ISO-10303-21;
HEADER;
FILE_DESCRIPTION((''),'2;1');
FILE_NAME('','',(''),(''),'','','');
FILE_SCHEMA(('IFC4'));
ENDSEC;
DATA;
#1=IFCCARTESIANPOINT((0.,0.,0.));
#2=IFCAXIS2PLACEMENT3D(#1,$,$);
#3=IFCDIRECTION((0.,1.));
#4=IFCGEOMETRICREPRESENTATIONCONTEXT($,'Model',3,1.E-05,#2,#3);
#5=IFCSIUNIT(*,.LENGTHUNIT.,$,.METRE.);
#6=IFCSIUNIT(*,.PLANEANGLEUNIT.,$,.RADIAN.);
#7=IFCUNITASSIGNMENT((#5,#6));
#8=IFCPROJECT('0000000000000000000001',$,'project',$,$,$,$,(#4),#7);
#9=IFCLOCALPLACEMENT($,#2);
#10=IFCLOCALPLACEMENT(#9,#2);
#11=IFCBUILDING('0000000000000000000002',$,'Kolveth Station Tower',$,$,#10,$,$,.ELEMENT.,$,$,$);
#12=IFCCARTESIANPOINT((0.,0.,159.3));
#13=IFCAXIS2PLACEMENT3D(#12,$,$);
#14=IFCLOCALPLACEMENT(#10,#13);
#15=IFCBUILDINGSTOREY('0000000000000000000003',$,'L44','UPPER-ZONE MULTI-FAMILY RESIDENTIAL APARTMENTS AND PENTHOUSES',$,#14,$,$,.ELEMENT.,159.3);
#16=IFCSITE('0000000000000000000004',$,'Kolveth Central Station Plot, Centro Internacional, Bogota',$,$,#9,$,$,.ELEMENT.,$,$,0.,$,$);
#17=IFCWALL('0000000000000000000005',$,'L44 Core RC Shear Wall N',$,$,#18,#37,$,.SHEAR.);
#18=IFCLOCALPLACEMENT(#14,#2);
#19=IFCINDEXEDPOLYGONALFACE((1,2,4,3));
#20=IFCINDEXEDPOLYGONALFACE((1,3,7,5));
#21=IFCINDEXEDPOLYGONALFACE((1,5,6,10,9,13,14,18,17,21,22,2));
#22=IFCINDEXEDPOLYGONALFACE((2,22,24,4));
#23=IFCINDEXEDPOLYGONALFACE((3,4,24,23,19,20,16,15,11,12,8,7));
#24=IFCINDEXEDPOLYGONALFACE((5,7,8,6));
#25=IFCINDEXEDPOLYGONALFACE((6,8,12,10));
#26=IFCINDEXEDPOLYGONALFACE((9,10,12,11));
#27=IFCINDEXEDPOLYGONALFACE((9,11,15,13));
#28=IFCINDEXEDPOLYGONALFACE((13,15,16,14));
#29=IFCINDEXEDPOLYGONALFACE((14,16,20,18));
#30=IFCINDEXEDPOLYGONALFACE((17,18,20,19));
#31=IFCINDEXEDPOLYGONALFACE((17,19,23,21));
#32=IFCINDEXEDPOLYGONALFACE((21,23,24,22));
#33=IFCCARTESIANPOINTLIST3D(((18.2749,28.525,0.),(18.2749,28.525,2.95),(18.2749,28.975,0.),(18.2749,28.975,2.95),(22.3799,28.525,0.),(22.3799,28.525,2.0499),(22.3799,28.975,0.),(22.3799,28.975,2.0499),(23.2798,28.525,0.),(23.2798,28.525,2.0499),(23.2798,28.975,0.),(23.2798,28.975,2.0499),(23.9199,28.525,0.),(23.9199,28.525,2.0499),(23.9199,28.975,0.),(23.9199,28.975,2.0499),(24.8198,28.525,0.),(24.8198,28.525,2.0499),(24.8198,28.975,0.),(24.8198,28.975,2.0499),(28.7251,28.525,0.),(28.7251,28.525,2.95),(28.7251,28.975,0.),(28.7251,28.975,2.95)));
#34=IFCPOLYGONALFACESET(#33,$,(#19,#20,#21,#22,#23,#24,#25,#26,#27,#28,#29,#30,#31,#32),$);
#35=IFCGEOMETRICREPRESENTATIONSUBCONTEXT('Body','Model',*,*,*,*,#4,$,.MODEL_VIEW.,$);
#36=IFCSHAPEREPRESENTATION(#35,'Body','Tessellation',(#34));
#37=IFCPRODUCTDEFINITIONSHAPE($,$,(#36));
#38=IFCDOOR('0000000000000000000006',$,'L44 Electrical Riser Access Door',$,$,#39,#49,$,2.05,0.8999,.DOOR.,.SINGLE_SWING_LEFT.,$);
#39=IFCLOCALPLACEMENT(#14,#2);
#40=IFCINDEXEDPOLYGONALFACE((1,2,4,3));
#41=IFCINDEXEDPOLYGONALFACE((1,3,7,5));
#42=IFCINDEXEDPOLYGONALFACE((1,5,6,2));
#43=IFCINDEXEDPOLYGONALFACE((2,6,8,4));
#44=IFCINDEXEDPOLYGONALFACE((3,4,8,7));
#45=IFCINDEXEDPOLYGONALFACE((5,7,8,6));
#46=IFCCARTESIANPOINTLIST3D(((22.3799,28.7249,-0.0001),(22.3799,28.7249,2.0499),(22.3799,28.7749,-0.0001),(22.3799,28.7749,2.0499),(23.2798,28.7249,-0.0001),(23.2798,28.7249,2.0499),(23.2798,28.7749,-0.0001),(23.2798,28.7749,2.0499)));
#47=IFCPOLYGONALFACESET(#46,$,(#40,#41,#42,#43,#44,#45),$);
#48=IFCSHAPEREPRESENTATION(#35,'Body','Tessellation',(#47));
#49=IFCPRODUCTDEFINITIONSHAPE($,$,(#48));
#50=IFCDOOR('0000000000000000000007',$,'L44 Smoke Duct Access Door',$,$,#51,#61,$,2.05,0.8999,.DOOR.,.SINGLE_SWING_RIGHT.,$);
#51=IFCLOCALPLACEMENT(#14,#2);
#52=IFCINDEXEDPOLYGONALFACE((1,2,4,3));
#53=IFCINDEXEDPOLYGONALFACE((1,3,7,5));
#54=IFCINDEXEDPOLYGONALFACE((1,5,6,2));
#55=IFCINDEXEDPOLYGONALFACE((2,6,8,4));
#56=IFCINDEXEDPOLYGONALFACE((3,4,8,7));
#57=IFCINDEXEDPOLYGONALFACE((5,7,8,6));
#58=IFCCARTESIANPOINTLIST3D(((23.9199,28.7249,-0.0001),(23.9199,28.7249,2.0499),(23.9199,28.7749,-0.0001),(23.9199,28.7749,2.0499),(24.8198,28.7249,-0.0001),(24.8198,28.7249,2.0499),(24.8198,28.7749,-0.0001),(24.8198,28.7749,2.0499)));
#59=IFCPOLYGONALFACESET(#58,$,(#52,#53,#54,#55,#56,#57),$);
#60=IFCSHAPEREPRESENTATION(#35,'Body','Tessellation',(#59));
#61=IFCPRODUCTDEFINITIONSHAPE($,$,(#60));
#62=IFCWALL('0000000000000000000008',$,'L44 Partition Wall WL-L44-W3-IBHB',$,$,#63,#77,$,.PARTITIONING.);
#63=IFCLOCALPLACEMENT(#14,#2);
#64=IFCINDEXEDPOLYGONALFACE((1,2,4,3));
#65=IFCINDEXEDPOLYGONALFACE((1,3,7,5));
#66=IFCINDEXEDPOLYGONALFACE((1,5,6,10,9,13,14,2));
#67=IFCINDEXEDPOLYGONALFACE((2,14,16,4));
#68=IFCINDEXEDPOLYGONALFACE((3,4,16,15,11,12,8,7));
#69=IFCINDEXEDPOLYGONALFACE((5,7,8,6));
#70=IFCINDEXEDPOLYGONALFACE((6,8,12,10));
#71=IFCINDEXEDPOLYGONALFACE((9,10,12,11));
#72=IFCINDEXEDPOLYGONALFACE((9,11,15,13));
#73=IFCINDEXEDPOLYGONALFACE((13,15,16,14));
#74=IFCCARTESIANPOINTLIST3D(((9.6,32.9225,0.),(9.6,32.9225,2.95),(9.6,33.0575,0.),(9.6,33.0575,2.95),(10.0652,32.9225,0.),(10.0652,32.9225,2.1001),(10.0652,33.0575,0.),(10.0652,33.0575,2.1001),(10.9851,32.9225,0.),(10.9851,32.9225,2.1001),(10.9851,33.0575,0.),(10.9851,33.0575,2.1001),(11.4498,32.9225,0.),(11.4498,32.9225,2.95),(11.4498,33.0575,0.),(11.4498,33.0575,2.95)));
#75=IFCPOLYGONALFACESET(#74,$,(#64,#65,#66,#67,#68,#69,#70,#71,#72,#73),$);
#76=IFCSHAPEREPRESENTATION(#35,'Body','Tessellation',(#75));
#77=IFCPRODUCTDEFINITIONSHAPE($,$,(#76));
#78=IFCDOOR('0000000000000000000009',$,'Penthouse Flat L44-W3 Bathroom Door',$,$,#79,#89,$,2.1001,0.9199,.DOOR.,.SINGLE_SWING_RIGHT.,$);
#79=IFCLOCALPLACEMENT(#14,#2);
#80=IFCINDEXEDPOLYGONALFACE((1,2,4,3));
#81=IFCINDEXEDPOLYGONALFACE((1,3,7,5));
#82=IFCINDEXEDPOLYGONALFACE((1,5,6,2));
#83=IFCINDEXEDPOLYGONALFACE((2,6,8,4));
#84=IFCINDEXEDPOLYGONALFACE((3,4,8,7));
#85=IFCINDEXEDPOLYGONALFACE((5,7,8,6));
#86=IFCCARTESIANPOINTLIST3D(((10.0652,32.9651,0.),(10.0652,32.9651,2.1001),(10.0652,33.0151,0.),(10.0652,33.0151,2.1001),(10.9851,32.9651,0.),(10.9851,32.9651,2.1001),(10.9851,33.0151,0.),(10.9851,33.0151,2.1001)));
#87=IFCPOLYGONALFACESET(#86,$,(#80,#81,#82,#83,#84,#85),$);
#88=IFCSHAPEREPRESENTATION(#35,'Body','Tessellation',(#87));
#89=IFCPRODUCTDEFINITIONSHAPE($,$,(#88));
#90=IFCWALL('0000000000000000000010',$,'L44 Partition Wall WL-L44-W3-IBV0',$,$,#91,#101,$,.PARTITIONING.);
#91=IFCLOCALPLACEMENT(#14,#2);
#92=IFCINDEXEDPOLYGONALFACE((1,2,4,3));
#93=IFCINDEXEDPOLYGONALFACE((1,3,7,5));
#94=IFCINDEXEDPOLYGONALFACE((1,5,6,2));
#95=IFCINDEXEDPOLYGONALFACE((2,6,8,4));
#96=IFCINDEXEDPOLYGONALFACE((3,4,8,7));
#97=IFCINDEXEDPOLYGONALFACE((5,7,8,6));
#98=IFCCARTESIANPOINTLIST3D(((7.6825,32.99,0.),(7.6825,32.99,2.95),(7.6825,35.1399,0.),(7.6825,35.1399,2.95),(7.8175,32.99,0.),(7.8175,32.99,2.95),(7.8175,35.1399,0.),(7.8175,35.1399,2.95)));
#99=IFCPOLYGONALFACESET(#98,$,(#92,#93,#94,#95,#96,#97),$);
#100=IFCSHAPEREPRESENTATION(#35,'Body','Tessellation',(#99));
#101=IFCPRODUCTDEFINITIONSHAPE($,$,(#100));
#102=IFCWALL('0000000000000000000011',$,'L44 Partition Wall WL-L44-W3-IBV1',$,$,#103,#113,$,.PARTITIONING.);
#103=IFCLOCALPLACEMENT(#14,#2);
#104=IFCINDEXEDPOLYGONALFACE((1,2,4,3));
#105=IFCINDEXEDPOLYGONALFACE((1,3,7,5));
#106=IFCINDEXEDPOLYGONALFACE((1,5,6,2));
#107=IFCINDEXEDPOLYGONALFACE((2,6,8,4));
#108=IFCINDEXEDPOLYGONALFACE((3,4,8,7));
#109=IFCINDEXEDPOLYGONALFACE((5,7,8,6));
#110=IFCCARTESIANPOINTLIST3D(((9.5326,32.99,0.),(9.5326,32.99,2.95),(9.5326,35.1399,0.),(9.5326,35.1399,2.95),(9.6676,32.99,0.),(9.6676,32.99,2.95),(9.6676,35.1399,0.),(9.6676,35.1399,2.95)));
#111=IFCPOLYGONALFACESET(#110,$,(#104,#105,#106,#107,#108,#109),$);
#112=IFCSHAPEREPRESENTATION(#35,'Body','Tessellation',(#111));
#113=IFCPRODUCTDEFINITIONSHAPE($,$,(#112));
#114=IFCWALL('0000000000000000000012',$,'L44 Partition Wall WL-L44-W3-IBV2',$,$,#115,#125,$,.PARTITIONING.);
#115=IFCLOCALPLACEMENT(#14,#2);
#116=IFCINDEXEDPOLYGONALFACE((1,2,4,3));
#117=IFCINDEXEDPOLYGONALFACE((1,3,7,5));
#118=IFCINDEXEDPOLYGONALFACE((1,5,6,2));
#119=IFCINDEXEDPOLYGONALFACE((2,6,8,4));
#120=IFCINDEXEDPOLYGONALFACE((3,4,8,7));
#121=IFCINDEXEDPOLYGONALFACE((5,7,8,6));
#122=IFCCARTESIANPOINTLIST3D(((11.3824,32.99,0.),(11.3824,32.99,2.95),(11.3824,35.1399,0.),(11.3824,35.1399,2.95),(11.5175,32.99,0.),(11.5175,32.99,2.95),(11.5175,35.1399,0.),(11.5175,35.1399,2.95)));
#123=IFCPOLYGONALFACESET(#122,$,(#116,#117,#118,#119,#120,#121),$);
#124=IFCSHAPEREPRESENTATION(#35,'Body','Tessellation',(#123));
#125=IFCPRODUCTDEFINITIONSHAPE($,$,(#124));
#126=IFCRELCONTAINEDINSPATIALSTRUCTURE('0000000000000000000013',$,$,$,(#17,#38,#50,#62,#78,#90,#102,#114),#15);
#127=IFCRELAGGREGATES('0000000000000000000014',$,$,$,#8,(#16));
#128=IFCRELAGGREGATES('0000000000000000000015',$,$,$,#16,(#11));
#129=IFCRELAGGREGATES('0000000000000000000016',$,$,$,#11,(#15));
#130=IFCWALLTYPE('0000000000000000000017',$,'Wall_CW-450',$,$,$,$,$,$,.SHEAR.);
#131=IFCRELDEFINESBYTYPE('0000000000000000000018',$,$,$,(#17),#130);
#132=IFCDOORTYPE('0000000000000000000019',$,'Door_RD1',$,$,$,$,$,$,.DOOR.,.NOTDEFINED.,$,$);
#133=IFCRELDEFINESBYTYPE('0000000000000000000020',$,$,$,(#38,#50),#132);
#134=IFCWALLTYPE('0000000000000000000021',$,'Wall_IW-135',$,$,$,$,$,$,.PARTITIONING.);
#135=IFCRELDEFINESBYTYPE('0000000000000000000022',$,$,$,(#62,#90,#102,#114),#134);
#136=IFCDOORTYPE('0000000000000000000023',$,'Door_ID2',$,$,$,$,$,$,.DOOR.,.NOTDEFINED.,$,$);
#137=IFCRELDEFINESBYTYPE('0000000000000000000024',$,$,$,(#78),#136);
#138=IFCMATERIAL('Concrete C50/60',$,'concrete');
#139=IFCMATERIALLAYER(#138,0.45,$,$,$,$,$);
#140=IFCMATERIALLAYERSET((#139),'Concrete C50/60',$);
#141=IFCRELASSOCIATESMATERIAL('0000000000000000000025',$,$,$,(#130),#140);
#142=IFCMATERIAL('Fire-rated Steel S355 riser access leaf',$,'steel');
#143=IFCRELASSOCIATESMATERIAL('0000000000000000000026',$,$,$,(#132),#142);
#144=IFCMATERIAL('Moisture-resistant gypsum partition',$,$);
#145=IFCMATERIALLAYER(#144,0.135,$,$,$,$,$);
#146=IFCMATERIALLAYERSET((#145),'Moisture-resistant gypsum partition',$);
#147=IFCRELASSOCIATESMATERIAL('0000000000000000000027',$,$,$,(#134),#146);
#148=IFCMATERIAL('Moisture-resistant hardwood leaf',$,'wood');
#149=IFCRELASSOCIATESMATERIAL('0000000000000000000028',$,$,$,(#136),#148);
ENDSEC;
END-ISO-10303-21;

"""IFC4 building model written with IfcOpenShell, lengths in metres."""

from ifc_helpers import new_model, si_unit, direction, frame, frame_2d, origin, place, context, subcontext, project, spatial, rectangle, extrude, material, layer, layer_set, type_object, element, fill, save


model = new_model("IFC4")

# Units and contexts
model_context = context("Model", 3, precision=1e-05, world=origin(), true_north=direction((0.0, 1.0)))
body_context = subcontext(model_context, "Body", "Model", "MODEL_VIEW")
ifc_project = project(units=[si_unit("LENGTHUNIT", "METRE"), si_unit("PLANEANGLEUNIT", "RADIAN")], contexts=[model_context])

# Site, building, storey
site_placement = place(None, origin())
site = spatial("IfcSite", under=ifc_project, at=site_placement, Name="Kolveth Central Station Plot, Centro Internacional, Bogota", CompositionType="ELEMENT", RefElevation=0.0)
building_placement = place(site_placement, origin())
building = spatial("IfcBuilding", under=site, at=building_placement, Name="Kolveth Station Tower", CompositionType="ELEMENT")
storey_placement = place(building_placement, frame((0.0, 0.0, 159.3)))
storey = spatial("IfcBuildingStorey", under=building, at=storey_placement, Name="L44", Description="UPPER-ZONE MULTI-FAMILY RESIDENTIAL APARTMENTS AND PENTHOUSES", CompositionType="ELEMENT", Elevation=159.3)

# Wall, openings, doors
ifc_material_1 = material(Name="Concrete C50/60", Category="concrete")
ifc_layer_1 = layer(ifc_material_1, 0.45)
ifc_layer_set_1 = layer_set([ifc_layer_1], Name="Concrete C50/60")
wall_type_1 = type_object("IfcWallType", Name="Wall_CW-450", PredefinedType="SHEAR", material=ifc_layer_set_1)
wall_1_placement = place(storey_placement, frame((18.2749, 28.75, 0.0), z_axis=(0.0, 0.0, 1.0), x_axis=(1.0, 0.0, 0.0)))
wall_1 = element("IfcWall", 1, at=wall_1_placement, inside=storey, type_object=wall_type_1, Name="L44 Core RC Shear Wall N", PredefinedType="SHEAR", context=body_context, shape_type="SweptSolid", body=[
    extrude(rectangle(XDim=10.4502, YDim=0.45, at=frame_2d((5.2251, 0.0))), origin(), (0.0, 0.0, 1.0), 2.95),
])
opening_1_placement = place(wall_1_placement, frame((4.105, 0.0, 0.0)))
opening_1 = element("IfcOpeningElement", 2, at=opening_1_placement, cuts=wall_1, PredefinedType="OPENING", context=body_context, shape_type="SweptSolid", body=[
    extrude(rectangle(XDim=0.8999, YDim=2.05, at=frame_2d((0.45, 1.0249))), frame((0.0, 0.2349, 0.0), z_axis=(0.0, -1.0, 0.0), x_axis=(1.0, 0.0, 0.0)), (0.0, 0.0, 1.0), 0.47),
])
opening_2_placement = place(wall_1_placement, frame((5.645, 0.0, 0.0)))
opening_2 = element("IfcOpeningElement", 3, at=opening_2_placement, cuts=wall_1, PredefinedType="OPENING", context=body_context, shape_type="SweptSolid", body=[
    extrude(rectangle(XDim=0.8999, YDim=2.05, at=frame_2d((0.45, 1.0249))), frame((0.0, 0.2349, 0.0), z_axis=(0.0, -1.0, 0.0), x_axis=(1.0, 0.0, 0.0)), (0.0, 0.0, 1.0), 0.47),
])
ifc_material_2 = material(Name="Fire-rated Steel S355 riser access leaf", Category="steel")
door_type_1 = type_object("IfcDoorType", Name="Door_RD1", OperationType="NOTDEFINED", PredefinedType="DOOR", material=ifc_material_2)
door_1_placement = place(opening_1_placement, origin())
door_1 = element("IfcDoor", 4, at=door_1_placement, inside=storey, type_object=door_type_1, Name="L44 Electrical Riser Access Door", OperationType="SINGLE_SWING_LEFT", OverallHeight=2.05, OverallWidth=0.8999, PredefinedType="DOOR", context=body_context, shape_type="SweptSolid", body=[
    extrude(rectangle(XDim=0.8999, YDim=2.05, at=frame_2d((0.45, 1.0249))), frame((0.0, 0.0249, 0.0), z_axis=(0.0, -1.0, 0.0), x_axis=(1.0, 0.0, 0.0)), (0.0, 0.0, 1.0), 0.05),
])
fill(opening_1, door_1)
door_2_placement = place(opening_2_placement, origin())
door_2 = element("IfcDoor", 5, at=door_2_placement, inside=storey, type_object=door_type_1, Name="L44 Smoke Duct Access Door", OperationType="SINGLE_SWING_RIGHT", OverallHeight=2.05, OverallWidth=0.8999, PredefinedType="DOOR", context=body_context, shape_type="SweptSolid", body=[
    extrude(rectangle(XDim=0.8999, YDim=2.05, at=frame_2d((0.45, 1.0249))), frame((0.0, 0.0249, 0.0), z_axis=(0.0, -1.0, 0.0), x_axis=(1.0, 0.0, 0.0)), (0.0, 0.0, 1.0), 0.05),
])
fill(opening_2, door_2)

# Wall, opening, door
ifc_material_3 = material(Name="Moisture-resistant gypsum partition")
ifc_layer_2 = layer(ifc_material_3, 0.135)
ifc_layer_set_2 = layer_set([ifc_layer_2], Name="Moisture-resistant gypsum partition")
wall_type_2 = type_object("IfcWallType", Name="Wall_IW-135", PredefinedType="PARTITIONING", material=ifc_layer_set_2)
wall_2_placement = place(storey_placement, frame((9.6001, 32.99, 0.0), z_axis=(0.0, 0.0, 1.0), x_axis=(1.0, 0.0, 0.0)))
wall_2 = element("IfcWall", 6, at=wall_2_placement, inside=storey, type_object=wall_type_2, Name="L44 Partition Wall WL-L44-W3-IBHB", PredefinedType="PARTITIONING", context=body_context, shape_type="SweptSolid", body=[
    extrude(rectangle(XDim=1.8499, YDim=0.135, at=frame_2d((0.9248, 0.0))), origin(), (0.0, 0.0, 1.0), 2.95),
])
opening_3_placement = place(wall_2_placement, frame((0.4651, 0.0, 0.0)))
opening_3 = element("IfcOpeningElement", 7, at=opening_3_placement, cuts=wall_2, PredefinedType="OPENING", context=body_context, shape_type="SweptSolid", body=[
    extrude(rectangle(XDim=0.9199, YDim=2.1001, at=frame_2d((0.46, 1.05))), frame((0.0, 0.0774, 0.0), z_axis=(0.0, -1.0, 0.0), x_axis=(1.0, 0.0, 0.0)), (0.0, 0.0, 1.0), 0.155),
])
ifc_material_4 = material(Name="Moisture-resistant hardwood leaf", Category="wood")
door_type_2 = type_object("IfcDoorType", Name="Door_ID2", OperationType="NOTDEFINED", PredefinedType="DOOR", material=ifc_material_4)
door_3_placement = place(opening_3_placement, frame((0.9199, 0.0, 0.0), z_axis=(0.0, 0.0, 1.0), x_axis=(-1.0, 0.0, 0.0)))
door_3 = element("IfcDoor", 8, at=door_3_placement, inside=storey, type_object=door_type_2, Name="Penthouse Flat L44-W3 Bathroom Door", OperationType="SINGLE_SWING_RIGHT", OverallHeight=2.1001, OverallWidth=0.9199, PredefinedType="DOOR", context=body_context, shape_type="SweptSolid", body=[
    extrude(rectangle(XDim=0.9199, YDim=2.1001, at=frame_2d((0.46, 1.05))), frame((0.0, 0.0249, 0.0), z_axis=(0.0, -1.0, 0.0), x_axis=(1.0, 0.0, 0.0)), (0.0, 0.0, 1.0), 0.05),
])
fill(opening_3, door_3)

# Walls
for number, where, z_axis, x_axis, name in (
    (9, (7.75, 32.99, 0.0), (0.0, 0.0, 1.0), (0.0, 1.0, 0.0), "L44 Partition Wall WL-L44-W3-IBV0"),
    (10, (9.6001, 32.99, 0.0), (0.0, 0.0, 1.0), (0.0, 1.0, 0.0), "L44 Partition Wall WL-L44-W3-IBV1"),
    (11, (11.45, 32.99, 0.0), (0.0, 0.0, 1.0), (0.0, 1.0, 0.0), "L44 Partition Wall WL-L44-W3-IBV2"),
):
    element("IfcWall", number, at=place(storey_placement, frame(where, z_axis=z_axis, x_axis=x_axis)), inside=storey, type_object=wall_type_2, Name=name, PredefinedType="PARTITIONING", context=body_context, shape_type="SweptSolid", body=[
        extrude(rectangle(XDim=2.1499, YDim=0.135, at=frame_2d((1.075, 0.0))), origin(), (0.0, 0.0, 1.0), 2.95),
    ])

save(model, "model.ifc")
